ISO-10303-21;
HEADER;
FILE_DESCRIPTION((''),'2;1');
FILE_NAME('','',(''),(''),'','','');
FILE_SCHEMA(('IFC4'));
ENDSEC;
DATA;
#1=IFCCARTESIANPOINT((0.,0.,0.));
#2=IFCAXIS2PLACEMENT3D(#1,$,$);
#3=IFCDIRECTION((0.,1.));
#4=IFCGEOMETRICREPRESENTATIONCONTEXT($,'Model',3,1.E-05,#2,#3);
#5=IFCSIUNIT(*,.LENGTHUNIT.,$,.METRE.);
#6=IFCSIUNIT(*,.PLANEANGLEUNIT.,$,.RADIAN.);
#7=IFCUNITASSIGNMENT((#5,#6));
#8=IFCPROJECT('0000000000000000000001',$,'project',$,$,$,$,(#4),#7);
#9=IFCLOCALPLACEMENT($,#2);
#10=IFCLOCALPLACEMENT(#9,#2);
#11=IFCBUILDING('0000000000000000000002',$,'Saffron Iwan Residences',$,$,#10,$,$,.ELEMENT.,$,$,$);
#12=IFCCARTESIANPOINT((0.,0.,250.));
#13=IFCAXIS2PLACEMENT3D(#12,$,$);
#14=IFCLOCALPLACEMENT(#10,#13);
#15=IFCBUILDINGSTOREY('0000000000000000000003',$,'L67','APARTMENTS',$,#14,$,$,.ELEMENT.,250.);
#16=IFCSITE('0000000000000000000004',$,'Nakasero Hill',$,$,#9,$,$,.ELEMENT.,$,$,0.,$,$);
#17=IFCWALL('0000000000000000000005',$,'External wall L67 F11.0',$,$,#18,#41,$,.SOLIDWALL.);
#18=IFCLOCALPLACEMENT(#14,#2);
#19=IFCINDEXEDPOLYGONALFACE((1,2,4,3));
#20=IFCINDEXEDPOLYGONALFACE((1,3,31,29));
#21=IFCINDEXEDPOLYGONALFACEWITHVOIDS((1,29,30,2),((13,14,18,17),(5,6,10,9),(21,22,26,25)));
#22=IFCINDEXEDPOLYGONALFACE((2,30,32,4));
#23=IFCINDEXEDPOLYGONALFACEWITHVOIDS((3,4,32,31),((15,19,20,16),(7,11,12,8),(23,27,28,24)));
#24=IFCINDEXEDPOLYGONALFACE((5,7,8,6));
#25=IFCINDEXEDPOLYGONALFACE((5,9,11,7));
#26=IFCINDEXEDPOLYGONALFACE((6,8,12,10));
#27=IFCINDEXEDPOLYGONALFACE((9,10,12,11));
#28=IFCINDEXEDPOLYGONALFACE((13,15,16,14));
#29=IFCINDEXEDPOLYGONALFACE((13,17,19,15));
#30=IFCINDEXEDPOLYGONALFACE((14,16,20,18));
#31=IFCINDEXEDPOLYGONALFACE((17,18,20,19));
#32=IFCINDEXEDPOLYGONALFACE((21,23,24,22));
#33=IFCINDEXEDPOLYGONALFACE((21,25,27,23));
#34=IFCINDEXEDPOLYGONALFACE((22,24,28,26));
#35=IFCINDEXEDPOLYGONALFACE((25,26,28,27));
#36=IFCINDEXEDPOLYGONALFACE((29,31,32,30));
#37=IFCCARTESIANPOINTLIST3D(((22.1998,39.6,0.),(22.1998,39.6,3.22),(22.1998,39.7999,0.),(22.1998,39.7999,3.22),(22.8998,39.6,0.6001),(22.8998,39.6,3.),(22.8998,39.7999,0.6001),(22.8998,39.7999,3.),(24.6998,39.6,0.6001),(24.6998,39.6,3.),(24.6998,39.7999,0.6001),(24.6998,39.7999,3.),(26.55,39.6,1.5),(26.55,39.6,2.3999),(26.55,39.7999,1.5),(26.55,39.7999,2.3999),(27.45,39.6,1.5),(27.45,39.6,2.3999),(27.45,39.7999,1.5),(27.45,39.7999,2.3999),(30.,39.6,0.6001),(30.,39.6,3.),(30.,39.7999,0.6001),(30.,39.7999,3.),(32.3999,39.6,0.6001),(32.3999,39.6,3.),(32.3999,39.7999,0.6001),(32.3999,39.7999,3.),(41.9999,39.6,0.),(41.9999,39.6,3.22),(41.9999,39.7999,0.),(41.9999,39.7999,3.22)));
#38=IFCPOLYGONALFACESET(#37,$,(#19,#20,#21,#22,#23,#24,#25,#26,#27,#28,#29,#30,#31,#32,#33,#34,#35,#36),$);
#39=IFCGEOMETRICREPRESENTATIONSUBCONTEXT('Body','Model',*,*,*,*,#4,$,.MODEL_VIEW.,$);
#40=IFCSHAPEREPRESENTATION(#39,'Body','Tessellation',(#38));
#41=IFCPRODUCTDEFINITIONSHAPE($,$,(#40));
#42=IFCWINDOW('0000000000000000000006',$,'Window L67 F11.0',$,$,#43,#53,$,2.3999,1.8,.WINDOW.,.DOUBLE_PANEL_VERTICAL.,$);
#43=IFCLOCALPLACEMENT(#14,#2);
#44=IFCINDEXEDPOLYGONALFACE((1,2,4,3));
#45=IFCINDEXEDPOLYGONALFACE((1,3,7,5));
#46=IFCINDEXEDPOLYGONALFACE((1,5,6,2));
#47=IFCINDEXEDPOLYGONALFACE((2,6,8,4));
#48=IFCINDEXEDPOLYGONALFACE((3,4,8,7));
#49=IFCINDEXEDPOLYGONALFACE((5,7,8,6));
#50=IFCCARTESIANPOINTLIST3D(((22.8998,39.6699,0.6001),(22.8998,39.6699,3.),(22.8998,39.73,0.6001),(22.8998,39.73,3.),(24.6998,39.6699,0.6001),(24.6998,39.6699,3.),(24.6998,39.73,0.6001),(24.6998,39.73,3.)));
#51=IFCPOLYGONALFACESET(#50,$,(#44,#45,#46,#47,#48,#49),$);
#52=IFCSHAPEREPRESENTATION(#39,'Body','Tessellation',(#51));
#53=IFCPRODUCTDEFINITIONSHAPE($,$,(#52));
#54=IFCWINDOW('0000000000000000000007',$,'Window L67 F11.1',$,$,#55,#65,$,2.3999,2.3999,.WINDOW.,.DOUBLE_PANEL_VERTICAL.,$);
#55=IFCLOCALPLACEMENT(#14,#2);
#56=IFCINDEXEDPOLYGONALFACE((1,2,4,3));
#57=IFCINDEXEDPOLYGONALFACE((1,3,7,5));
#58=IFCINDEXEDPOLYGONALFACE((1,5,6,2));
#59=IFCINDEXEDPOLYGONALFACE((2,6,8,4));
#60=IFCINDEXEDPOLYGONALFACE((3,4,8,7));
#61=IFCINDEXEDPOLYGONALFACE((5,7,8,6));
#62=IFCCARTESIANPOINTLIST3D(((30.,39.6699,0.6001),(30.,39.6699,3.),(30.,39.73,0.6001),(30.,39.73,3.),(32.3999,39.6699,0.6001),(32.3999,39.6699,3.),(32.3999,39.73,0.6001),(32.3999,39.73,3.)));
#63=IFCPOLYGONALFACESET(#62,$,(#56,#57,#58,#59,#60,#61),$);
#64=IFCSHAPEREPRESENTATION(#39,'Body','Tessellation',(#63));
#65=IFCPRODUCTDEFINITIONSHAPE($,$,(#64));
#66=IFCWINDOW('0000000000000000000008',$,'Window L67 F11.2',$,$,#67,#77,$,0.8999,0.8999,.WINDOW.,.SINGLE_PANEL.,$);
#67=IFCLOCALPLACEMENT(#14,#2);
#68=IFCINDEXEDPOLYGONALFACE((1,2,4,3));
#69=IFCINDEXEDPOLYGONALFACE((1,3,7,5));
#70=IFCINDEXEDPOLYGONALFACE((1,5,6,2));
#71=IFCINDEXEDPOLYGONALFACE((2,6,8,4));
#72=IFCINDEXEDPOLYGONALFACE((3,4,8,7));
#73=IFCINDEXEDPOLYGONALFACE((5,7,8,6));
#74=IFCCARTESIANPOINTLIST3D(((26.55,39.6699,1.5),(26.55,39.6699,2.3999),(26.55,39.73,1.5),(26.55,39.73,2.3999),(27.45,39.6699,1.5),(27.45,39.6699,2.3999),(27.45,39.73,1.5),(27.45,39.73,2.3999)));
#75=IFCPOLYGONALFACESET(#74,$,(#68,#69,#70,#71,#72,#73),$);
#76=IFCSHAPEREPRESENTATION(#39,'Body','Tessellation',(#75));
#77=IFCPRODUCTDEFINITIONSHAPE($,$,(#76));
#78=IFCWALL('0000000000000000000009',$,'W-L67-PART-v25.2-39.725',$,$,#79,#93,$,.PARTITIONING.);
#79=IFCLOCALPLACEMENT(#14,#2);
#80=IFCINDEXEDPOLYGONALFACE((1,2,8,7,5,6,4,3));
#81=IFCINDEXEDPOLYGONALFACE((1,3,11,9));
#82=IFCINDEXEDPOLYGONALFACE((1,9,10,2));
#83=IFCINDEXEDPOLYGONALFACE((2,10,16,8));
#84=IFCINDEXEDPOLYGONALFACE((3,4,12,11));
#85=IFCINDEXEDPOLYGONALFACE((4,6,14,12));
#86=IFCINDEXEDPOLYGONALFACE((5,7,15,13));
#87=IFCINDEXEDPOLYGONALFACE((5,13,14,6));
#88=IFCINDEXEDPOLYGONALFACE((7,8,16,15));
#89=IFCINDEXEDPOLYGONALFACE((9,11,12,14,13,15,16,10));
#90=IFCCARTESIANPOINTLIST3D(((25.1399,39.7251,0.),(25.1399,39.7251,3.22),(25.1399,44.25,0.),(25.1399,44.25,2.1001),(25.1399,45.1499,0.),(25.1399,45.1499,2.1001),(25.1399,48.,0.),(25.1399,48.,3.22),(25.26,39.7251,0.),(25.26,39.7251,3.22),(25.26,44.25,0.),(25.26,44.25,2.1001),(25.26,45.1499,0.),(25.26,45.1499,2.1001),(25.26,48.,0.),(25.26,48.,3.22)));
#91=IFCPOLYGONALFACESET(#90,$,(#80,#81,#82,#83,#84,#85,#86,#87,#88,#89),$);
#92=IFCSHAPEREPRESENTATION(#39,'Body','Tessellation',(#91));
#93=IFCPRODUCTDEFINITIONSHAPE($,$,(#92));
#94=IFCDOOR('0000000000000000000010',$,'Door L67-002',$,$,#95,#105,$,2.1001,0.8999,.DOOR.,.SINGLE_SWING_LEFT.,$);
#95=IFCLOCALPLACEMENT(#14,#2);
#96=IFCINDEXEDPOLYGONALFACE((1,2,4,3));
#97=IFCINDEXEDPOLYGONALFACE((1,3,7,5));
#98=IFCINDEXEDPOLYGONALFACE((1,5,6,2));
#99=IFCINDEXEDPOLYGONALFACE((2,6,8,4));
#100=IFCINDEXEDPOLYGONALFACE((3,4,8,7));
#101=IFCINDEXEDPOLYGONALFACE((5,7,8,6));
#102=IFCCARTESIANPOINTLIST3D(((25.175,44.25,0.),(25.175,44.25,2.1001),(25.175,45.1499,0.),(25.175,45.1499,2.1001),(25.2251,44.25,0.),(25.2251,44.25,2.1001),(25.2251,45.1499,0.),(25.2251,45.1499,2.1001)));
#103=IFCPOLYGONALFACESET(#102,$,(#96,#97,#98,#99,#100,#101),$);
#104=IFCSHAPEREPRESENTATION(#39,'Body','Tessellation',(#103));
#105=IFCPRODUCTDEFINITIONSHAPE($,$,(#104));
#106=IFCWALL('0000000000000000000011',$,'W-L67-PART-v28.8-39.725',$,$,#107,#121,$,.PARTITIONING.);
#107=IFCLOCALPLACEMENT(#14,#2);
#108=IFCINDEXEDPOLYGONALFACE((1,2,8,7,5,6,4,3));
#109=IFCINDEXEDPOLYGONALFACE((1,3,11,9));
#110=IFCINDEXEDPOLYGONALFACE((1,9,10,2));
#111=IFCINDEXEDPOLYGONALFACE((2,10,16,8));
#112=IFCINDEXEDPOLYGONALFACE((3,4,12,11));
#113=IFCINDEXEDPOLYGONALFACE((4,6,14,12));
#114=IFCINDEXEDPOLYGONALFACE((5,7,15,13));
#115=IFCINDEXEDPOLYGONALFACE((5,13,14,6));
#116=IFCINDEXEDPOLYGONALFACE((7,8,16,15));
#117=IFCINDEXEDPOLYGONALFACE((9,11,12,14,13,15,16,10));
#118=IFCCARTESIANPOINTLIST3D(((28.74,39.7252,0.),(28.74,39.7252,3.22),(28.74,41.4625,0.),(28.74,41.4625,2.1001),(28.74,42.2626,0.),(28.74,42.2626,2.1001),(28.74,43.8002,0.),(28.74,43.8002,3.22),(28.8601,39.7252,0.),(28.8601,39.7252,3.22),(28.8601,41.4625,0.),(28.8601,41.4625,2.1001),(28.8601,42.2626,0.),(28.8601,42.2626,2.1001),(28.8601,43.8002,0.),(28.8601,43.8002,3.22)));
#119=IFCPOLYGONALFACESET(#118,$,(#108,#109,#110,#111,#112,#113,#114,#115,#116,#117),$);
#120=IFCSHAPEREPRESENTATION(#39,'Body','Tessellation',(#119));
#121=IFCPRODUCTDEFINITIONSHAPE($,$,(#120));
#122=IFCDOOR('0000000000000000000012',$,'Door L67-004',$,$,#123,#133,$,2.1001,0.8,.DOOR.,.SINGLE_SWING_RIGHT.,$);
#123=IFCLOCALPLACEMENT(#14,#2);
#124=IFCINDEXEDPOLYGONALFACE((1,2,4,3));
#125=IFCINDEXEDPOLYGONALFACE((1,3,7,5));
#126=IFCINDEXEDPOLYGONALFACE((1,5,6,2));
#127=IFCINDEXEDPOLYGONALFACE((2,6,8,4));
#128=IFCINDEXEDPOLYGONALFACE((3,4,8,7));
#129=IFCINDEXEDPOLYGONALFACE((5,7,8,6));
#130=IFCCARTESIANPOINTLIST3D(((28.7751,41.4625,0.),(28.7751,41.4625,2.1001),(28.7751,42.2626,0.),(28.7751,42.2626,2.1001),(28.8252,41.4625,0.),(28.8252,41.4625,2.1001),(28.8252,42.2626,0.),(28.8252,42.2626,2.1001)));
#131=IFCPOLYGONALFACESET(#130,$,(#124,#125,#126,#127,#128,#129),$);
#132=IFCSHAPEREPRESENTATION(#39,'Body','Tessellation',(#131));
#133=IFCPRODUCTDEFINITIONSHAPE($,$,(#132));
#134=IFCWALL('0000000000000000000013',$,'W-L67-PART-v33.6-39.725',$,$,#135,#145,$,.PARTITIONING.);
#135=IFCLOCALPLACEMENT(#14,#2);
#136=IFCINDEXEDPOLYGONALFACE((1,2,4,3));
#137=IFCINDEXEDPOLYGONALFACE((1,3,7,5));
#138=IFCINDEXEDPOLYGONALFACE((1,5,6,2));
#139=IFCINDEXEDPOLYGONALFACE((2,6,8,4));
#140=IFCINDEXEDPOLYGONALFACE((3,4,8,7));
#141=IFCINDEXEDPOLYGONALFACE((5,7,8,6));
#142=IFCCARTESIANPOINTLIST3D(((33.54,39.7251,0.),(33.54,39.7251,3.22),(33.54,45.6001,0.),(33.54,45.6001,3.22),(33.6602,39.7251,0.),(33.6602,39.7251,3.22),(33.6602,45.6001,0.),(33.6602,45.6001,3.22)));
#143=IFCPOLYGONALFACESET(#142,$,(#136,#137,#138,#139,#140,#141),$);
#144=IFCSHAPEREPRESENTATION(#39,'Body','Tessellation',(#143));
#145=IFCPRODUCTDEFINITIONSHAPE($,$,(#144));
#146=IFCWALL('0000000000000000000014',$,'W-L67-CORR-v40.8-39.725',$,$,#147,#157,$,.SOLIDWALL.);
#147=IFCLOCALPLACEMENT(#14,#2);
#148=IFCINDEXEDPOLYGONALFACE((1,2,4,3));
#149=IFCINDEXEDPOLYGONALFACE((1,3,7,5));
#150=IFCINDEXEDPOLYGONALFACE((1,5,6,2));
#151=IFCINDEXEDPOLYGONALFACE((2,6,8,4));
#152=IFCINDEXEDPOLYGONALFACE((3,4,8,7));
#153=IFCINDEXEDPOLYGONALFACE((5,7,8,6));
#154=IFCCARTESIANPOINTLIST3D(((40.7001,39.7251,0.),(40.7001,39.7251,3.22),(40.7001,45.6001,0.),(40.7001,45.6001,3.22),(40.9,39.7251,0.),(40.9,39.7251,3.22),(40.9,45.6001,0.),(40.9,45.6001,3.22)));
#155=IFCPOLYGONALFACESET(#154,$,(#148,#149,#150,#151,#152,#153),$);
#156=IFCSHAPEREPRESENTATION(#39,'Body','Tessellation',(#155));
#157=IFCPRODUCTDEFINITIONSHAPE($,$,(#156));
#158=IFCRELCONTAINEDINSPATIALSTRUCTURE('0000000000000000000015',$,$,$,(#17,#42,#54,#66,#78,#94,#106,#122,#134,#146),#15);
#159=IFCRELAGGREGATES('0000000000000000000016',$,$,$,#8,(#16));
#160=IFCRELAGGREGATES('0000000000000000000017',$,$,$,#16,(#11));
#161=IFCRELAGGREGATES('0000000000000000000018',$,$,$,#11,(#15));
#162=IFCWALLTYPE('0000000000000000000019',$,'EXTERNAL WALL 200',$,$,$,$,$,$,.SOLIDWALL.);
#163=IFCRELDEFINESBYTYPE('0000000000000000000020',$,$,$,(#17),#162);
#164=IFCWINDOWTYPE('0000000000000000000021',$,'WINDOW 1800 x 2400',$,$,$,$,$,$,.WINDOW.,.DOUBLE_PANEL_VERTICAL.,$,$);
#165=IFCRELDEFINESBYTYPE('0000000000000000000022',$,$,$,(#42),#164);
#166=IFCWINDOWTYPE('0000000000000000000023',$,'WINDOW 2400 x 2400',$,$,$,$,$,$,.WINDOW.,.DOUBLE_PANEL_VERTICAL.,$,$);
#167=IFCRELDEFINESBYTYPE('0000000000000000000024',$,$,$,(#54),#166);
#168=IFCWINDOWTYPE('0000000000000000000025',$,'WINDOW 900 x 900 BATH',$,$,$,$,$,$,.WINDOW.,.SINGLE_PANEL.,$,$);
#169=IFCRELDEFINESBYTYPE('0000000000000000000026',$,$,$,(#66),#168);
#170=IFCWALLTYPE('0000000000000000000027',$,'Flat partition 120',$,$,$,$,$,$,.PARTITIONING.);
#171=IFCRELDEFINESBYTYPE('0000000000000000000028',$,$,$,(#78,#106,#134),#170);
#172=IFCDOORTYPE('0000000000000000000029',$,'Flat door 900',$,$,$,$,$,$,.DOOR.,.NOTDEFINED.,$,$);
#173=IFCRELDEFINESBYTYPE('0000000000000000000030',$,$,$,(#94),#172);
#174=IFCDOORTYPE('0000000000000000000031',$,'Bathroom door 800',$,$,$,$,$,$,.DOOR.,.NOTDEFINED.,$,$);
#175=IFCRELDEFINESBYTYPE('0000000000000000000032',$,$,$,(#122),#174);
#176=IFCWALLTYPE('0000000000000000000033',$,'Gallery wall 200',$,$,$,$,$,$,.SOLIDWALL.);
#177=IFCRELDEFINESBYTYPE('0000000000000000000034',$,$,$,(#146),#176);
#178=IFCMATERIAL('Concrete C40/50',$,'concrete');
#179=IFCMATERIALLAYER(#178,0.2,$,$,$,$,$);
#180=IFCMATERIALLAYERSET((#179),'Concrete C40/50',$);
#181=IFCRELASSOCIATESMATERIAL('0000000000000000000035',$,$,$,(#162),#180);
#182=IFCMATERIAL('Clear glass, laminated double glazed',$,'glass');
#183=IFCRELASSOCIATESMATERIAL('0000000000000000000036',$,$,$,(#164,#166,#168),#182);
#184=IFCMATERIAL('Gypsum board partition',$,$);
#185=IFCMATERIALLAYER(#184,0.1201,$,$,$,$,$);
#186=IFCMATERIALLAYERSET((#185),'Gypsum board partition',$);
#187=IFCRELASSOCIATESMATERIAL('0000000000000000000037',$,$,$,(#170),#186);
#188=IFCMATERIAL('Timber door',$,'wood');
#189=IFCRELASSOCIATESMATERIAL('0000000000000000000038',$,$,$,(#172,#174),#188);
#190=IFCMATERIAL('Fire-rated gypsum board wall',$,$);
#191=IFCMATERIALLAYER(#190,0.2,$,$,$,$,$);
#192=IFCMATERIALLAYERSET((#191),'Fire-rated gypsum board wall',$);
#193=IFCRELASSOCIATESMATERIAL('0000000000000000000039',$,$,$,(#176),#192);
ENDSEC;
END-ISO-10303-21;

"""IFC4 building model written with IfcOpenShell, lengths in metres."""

from ifc_helpers import new_model, si_unit, direction, frame, frame_2d, origin, place, context, subcontext, project, spatial, rectangle, extrude, material, layer, layer_set, type_object, element, fill, save


model = new_model("IFC4")

# Units and contexts
model_context = context("Model", 3, precision=1e-05, world=origin(), true_north=direction((0.0, 1.0)))
body_context = subcontext(model_context, "Body", "Model", "MODEL_VIEW")
ifc_project = project(units=[si_unit("LENGTHUNIT", "METRE"), si_unit("PLANEANGLEUNIT", "RADIAN")], contexts=[model_context])

# Site, building, storey
site_placement = place(None, origin())
site = spatial("IfcSite", under=ifc_project, at=site_placement, Name="Nakasero Hill", CompositionType="ELEMENT", RefElevation=0.0)
building_placement = place(site_placement, origin())
building = spatial("IfcBuilding", under=site, at=building_placement, Name="Saffron Iwan Residences", CompositionType="ELEMENT")
storey_placement = place(building_placement, frame((0.0, 0.0, 250.0)))
storey = spatial("IfcBuildingStorey", under=building, at=storey_placement, Name="L67", Description="APARTMENTS", CompositionType="ELEMENT", Elevation=250.0)

# Shared definitions
ifc_material_1 = material(Name="Clear glass, laminated double glazed", Category="glass")

# Wall, openings, windows
ifc_material_2 = material(Name="Concrete C40/50", Category="concrete")
ifc_layer_1 = layer(ifc_material_2, 0.2)
ifc_layer_set_1 = layer_set([ifc_layer_1], Name="Concrete C40/50")
wall_type_1 = type_object("IfcWallType", Name="EXTERNAL WALL 200", PredefinedType="SOLIDWALL", material=ifc_layer_set_1)
wall_1_placement = place(storey_placement, frame((22.2, 39.7, 0.0), z_axis=(0.0, 0.0, 1.0), x_axis=(1.0, 0.0, 0.0)))
wall_1 = element("IfcWall", 1, at=wall_1_placement, inside=storey, type_object=wall_type_1, Name="External wall L67 F11.0", PredefinedType="SOLIDWALL", context=body_context, shape_type="SweptSolid", body=[
    extrude(rectangle(XDim=19.8, YDim=0.2, at=frame_2d((9.8999, 0.0))), origin(), (0.0, 0.0, 1.0), 3.22),
])
opening_1_placement = place(wall_1_placement, frame((0.7, 0.0, 0.6001)))
opening_1 = element("IfcOpeningElement", 2, at=opening_1_placement, cuts=wall_1, PredefinedType="OPENING", context=body_context, shape_type="SweptSolid", body=[
    extrude(rectangle(XDim=1.8, YDim=2.3999, at=frame_2d((0.8999, 1.2))), frame((0.0, 0.1099, 0.0), z_axis=(0.0, -1.0, 0.0), x_axis=(1.0, 0.0, 0.0)), (0.0, 0.0, 1.0), 0.22),
])
opening_2_placement = place(wall_1_placement, frame((7.8, 0.0, 0.6001)))
opening_2 = element("IfcOpeningElement", 3, at=opening_2_placement, cuts=wall_1, PredefinedType="OPENING", context=body_context, shape_type="SweptSolid", body=[
    extrude(rectangle(XDim=2.3999, YDim=2.3999, at=frame_2d((1.2, 1.2))), frame((0.0, 0.1099, 0.0), z_axis=(0.0, -1.0, 0.0), x_axis=(1.0, 0.0, 0.0)), (0.0, 0.0, 1.0), 0.22),
])
opening_3_placement = place(wall_1_placement, frame((4.3501, 0.0, 1.5)))
opening_3 = element("IfcOpeningElement", 4, at=opening_3_placement, cuts=wall_1, PredefinedType="OPENING", context=body_context, shape_type="SweptSolid", body=[
    extrude(rectangle(XDim=0.8999, YDim=0.8999, at=frame_2d((0.45, 0.45))), frame((0.0, 0.1099, 0.0), z_axis=(0.0, -1.0, 0.0), x_axis=(1.0, 0.0, 0.0)), (0.0, 0.0, 1.0), 0.22),
])
window_type_1 = type_object("IfcWindowType", Name="WINDOW 1800 x 2400", PartitioningType="DOUBLE_PANEL_VERTICAL", PredefinedType="WINDOW", material=ifc_material_1)
window_1_placement = place(opening_1_placement, origin())
window_1 = element("IfcWindow", 5, at=window_1_placement, inside=storey, type_object=window_type_1, Name="Window L67 F11.0", OverallHeight=2.3999, OverallWidth=1.8, PartitioningType="DOUBLE_PANEL_VERTICAL", PredefinedType="WINDOW", context=body_context, shape_type="SweptSolid", body=[
    extrude(rectangle(XDim=1.8, YDim=2.3999, at=frame_2d((0.8999, 1.2))), frame((0.0, 0.03, 0.0), z_axis=(0.0, -1.0, 0.0), x_axis=(1.0, 0.0, 0.0)), (0.0, 0.0, 1.0), 0.0601),
])
fill(opening_1, window_1)
window_type_2 = type_object("IfcWindowType", Name="WINDOW 2400 x 2400", PartitioningType="DOUBLE_PANEL_VERTICAL", PredefinedType="WINDOW", material=ifc_material_1)
window_2_placement = place(opening_2_placement, origin())
window_2 = element("IfcWindow", 6, at=window_2_placement, inside=storey, type_object=window_type_2, Name="Window L67 F11.1", OverallHeight=2.3999, OverallWidth=2.3999, PartitioningType="DOUBLE_PANEL_VERTICAL", PredefinedType="WINDOW", context=body_context, shape_type="SweptSolid", body=[
    extrude(rectangle(XDim=2.3999, YDim=2.3999, at=frame_2d((1.2, 1.2))), frame((0.0, 0.03, 0.0), z_axis=(0.0, -1.0, 0.0), x_axis=(1.0, 0.0, 0.0)), (0.0, 0.0, 1.0), 0.0601),
])
fill(opening_2, window_2)
window_type_3 = type_object("IfcWindowType", Name="WINDOW 900 x 900 BATH", PartitioningType="SINGLE_PANEL", PredefinedType="WINDOW", material=ifc_material_1)
window_3_placement = place(opening_3_placement, origin())
window_3 = element("IfcWindow", 7, at=window_3_placement, inside=storey, type_object=window_type_3, Name="Window L67 F11.2", OverallHeight=0.8999, OverallWidth=0.8999, PartitioningType="SINGLE_PANEL", PredefinedType="WINDOW", context=body_context, shape_type="SweptSolid", body=[
    extrude(rectangle(XDim=0.8999, YDim=0.8999, at=frame_2d((0.45, 0.45))), frame((0.0, 0.03, 0.0), z_axis=(0.0, -1.0, 0.0), x_axis=(1.0, 0.0, 0.0)), (0.0, 0.0, 1.0), 0.0601),
])
fill(opening_3, window_3)

# Walls, openings, doors
ifc_material_3 = material(Name="Gypsum board partition")
ifc_layer_2 = layer(ifc_material_3, 0.1201)
ifc_layer_set_2 = layer_set([ifc_layer_2], Name="Gypsum board partition")
wall_type_2 = type_object("IfcWallType", Name="Flat partition 120", PredefinedType="PARTITIONING", material=ifc_layer_set_2)
wall_2_placement = place(storey_placement, frame((25.2, 39.7251, 0.0), z_axis=(0.0, 0.0, 1.0), x_axis=(0.0, 1.0, 0.0)))
wall_2 = element("IfcWall", 8, at=wall_2_placement, inside=storey, type_object=wall_type_2, Name="W-L67-PART-v25.2-39.725", PredefinedType="PARTITIONING", context=body_context, shape_type="SweptSolid", body=[
    extrude(rectangle(XDim=8.2749, YDim=0.1201, at=frame_2d((4.1375, 0.0))), origin(), (0.0, 0.0, 1.0), 3.22),
])
opening_4_placement = place(wall_2_placement, frame((4.5249, 0.0, 0.0)))
opening_4 = element("IfcOpeningElement", 9, at=opening_4_placement, cuts=wall_2, PredefinedType="OPENING", context=body_context, shape_type="SweptSolid", body=[
    extrude(rectangle(XDim=0.8999, YDim=2.1001, at=frame_2d((0.45, 1.05))), frame((0.0, 0.0701, 0.0), z_axis=(0.0, -1.0, 0.0), x_axis=(1.0, 0.0, 0.0)), (0.0, 0.0, 1.0), 0.1401),
])
ifc_material_4 = material(Name="Timber door", Category="wood")
door_type_1 = type_object("IfcDoorType", Name="Flat door 900", OperationType="NOTDEFINED", PredefinedType="DOOR", material=ifc_material_4)
door_1_placement = place(opening_4_placement, origin())
door_1 = element("IfcDoor", 10, at=door_1_placement, inside=storey, type_object=door_type_1, Name="Door L67-002", OperationType="SINGLE_SWING_LEFT", OverallHeight=2.1001, OverallWidth=0.8999, PredefinedType="DOOR", context=body_context, shape_type="SweptSolid", body=[
    extrude(rectangle(XDim=0.8999, YDim=2.1001, at=frame_2d((0.45, 1.05))), frame((0.0, 0.0249, 0.0), z_axis=(0.0, -1.0, 0.0), x_axis=(1.0, 0.0, 0.0)), (0.0, 0.0, 1.0), 0.05),
])
fill(opening_4, door_1)
wall_3_placement = place(storey_placement, frame((28.8, 39.7251, 0.0), z_axis=(0.0, 0.0, 1.0), x_axis=(0.0, 1.0, 0.0)))
wall_3 = element("IfcWall", 11, at=wall_3_placement, inside=storey, type_object=wall_type_2, Name="W-L67-PART-v28.8-39.725", PredefinedType="PARTITIONING", context=body_context, shape_type="SweptSolid", body=[
    extrude(rectangle(XDim=4.075, YDim=0.1201, at=frame_2d((2.0376, 0.0))), origin(), (0.0, 0.0, 1.0), 3.22),
])
opening_5_placement = place(wall_3_placement, frame((1.7375, 0.0, 0.0)))
opening_5 = element("IfcOpeningElement", 12, at=opening_5_placement, cuts=wall_3, PredefinedType="OPENING", context=body_context, shape_type="SweptSolid", body=[
    extrude(rectangle(XDim=0.8, YDim=2.1001, at=frame_2d((0.3999, 1.05))), frame((0.0, 0.0701, 0.0), z_axis=(0.0, -1.0, 0.0), x_axis=(1.0, 0.0, 0.0)), (0.0, 0.0, 1.0), 0.1401),
])
door_type_2 = type_object("IfcDoorType", Name="Bathroom door 800", OperationType="NOTDEFINED", PredefinedType="DOOR", material=ifc_material_4)
door_2_placement = place(opening_5_placement, origin())
door_2 = element("IfcDoor", 13, at=door_2_placement, inside=storey, type_object=door_type_2, Name="Door L67-004", OperationType="SINGLE_SWING_RIGHT", OverallHeight=2.1001, OverallWidth=0.8, PredefinedType="DOOR", context=body_context, shape_type="SweptSolid", body=[
    extrude(rectangle(XDim=0.8, YDim=2.1001, at=frame_2d((0.3999, 1.05))), frame((0.0, 0.0249, 0.0), z_axis=(0.0, -1.0, 0.0), x_axis=(1.0, 0.0, 0.0)), (0.0, 0.0, 1.0), 0.05),
])
fill(opening_5, door_2)

# Walls
wall_4_placement = place(storey_placement, frame((33.6001, 39.7251, 0.0), z_axis=(0.0, 0.0, 1.0), x_axis=(0.0, 1.0, 0.0)))
element("IfcWall", 14, at=wall_4_placement, inside=storey, type_object=wall_type_2, Name="W-L67-PART-v33.6-39.725", PredefinedType="PARTITIONING", context=body_context, shape_type="SweptSolid", body=[
    extrude(rectangle(XDim=5.875, YDim=0.1201, at=frame_2d((2.9375, 0.0))), origin(), (0.0, 0.0, 1.0), 3.22),
])
ifc_material_5 = material(Name="Fire-rated gypsum board wall")
ifc_layer_3 = layer(ifc_material_5, 0.2)
ifc_layer_set_3 = layer_set([ifc_layer_3], Name="Fire-rated gypsum board wall")
wall_type_3 = type_object("IfcWallType", Name="Gallery wall 200", PredefinedType="SOLIDWALL", material=ifc_layer_set_3)
wall_5_placement = place(storey_placement, frame((40.8, 39.7251, 0.0), z_axis=(0.0, 0.0, 1.0), x_axis=(0.0, 1.0, 0.0)))
element("IfcWall", 15, at=wall_5_placement, inside=storey, type_object=wall_type_3, Name="W-L67-CORR-v40.8-39.725", PredefinedType="SOLIDWALL", context=body_context, shape_type="SweptSolid", body=[
    extrude(rectangle(XDim=5.875, YDim=0.2, at=frame_2d((2.9375, 0.0))), origin(), (0.0, 0.0, 1.0), 3.22),
])

save(model, "model.ifc")
